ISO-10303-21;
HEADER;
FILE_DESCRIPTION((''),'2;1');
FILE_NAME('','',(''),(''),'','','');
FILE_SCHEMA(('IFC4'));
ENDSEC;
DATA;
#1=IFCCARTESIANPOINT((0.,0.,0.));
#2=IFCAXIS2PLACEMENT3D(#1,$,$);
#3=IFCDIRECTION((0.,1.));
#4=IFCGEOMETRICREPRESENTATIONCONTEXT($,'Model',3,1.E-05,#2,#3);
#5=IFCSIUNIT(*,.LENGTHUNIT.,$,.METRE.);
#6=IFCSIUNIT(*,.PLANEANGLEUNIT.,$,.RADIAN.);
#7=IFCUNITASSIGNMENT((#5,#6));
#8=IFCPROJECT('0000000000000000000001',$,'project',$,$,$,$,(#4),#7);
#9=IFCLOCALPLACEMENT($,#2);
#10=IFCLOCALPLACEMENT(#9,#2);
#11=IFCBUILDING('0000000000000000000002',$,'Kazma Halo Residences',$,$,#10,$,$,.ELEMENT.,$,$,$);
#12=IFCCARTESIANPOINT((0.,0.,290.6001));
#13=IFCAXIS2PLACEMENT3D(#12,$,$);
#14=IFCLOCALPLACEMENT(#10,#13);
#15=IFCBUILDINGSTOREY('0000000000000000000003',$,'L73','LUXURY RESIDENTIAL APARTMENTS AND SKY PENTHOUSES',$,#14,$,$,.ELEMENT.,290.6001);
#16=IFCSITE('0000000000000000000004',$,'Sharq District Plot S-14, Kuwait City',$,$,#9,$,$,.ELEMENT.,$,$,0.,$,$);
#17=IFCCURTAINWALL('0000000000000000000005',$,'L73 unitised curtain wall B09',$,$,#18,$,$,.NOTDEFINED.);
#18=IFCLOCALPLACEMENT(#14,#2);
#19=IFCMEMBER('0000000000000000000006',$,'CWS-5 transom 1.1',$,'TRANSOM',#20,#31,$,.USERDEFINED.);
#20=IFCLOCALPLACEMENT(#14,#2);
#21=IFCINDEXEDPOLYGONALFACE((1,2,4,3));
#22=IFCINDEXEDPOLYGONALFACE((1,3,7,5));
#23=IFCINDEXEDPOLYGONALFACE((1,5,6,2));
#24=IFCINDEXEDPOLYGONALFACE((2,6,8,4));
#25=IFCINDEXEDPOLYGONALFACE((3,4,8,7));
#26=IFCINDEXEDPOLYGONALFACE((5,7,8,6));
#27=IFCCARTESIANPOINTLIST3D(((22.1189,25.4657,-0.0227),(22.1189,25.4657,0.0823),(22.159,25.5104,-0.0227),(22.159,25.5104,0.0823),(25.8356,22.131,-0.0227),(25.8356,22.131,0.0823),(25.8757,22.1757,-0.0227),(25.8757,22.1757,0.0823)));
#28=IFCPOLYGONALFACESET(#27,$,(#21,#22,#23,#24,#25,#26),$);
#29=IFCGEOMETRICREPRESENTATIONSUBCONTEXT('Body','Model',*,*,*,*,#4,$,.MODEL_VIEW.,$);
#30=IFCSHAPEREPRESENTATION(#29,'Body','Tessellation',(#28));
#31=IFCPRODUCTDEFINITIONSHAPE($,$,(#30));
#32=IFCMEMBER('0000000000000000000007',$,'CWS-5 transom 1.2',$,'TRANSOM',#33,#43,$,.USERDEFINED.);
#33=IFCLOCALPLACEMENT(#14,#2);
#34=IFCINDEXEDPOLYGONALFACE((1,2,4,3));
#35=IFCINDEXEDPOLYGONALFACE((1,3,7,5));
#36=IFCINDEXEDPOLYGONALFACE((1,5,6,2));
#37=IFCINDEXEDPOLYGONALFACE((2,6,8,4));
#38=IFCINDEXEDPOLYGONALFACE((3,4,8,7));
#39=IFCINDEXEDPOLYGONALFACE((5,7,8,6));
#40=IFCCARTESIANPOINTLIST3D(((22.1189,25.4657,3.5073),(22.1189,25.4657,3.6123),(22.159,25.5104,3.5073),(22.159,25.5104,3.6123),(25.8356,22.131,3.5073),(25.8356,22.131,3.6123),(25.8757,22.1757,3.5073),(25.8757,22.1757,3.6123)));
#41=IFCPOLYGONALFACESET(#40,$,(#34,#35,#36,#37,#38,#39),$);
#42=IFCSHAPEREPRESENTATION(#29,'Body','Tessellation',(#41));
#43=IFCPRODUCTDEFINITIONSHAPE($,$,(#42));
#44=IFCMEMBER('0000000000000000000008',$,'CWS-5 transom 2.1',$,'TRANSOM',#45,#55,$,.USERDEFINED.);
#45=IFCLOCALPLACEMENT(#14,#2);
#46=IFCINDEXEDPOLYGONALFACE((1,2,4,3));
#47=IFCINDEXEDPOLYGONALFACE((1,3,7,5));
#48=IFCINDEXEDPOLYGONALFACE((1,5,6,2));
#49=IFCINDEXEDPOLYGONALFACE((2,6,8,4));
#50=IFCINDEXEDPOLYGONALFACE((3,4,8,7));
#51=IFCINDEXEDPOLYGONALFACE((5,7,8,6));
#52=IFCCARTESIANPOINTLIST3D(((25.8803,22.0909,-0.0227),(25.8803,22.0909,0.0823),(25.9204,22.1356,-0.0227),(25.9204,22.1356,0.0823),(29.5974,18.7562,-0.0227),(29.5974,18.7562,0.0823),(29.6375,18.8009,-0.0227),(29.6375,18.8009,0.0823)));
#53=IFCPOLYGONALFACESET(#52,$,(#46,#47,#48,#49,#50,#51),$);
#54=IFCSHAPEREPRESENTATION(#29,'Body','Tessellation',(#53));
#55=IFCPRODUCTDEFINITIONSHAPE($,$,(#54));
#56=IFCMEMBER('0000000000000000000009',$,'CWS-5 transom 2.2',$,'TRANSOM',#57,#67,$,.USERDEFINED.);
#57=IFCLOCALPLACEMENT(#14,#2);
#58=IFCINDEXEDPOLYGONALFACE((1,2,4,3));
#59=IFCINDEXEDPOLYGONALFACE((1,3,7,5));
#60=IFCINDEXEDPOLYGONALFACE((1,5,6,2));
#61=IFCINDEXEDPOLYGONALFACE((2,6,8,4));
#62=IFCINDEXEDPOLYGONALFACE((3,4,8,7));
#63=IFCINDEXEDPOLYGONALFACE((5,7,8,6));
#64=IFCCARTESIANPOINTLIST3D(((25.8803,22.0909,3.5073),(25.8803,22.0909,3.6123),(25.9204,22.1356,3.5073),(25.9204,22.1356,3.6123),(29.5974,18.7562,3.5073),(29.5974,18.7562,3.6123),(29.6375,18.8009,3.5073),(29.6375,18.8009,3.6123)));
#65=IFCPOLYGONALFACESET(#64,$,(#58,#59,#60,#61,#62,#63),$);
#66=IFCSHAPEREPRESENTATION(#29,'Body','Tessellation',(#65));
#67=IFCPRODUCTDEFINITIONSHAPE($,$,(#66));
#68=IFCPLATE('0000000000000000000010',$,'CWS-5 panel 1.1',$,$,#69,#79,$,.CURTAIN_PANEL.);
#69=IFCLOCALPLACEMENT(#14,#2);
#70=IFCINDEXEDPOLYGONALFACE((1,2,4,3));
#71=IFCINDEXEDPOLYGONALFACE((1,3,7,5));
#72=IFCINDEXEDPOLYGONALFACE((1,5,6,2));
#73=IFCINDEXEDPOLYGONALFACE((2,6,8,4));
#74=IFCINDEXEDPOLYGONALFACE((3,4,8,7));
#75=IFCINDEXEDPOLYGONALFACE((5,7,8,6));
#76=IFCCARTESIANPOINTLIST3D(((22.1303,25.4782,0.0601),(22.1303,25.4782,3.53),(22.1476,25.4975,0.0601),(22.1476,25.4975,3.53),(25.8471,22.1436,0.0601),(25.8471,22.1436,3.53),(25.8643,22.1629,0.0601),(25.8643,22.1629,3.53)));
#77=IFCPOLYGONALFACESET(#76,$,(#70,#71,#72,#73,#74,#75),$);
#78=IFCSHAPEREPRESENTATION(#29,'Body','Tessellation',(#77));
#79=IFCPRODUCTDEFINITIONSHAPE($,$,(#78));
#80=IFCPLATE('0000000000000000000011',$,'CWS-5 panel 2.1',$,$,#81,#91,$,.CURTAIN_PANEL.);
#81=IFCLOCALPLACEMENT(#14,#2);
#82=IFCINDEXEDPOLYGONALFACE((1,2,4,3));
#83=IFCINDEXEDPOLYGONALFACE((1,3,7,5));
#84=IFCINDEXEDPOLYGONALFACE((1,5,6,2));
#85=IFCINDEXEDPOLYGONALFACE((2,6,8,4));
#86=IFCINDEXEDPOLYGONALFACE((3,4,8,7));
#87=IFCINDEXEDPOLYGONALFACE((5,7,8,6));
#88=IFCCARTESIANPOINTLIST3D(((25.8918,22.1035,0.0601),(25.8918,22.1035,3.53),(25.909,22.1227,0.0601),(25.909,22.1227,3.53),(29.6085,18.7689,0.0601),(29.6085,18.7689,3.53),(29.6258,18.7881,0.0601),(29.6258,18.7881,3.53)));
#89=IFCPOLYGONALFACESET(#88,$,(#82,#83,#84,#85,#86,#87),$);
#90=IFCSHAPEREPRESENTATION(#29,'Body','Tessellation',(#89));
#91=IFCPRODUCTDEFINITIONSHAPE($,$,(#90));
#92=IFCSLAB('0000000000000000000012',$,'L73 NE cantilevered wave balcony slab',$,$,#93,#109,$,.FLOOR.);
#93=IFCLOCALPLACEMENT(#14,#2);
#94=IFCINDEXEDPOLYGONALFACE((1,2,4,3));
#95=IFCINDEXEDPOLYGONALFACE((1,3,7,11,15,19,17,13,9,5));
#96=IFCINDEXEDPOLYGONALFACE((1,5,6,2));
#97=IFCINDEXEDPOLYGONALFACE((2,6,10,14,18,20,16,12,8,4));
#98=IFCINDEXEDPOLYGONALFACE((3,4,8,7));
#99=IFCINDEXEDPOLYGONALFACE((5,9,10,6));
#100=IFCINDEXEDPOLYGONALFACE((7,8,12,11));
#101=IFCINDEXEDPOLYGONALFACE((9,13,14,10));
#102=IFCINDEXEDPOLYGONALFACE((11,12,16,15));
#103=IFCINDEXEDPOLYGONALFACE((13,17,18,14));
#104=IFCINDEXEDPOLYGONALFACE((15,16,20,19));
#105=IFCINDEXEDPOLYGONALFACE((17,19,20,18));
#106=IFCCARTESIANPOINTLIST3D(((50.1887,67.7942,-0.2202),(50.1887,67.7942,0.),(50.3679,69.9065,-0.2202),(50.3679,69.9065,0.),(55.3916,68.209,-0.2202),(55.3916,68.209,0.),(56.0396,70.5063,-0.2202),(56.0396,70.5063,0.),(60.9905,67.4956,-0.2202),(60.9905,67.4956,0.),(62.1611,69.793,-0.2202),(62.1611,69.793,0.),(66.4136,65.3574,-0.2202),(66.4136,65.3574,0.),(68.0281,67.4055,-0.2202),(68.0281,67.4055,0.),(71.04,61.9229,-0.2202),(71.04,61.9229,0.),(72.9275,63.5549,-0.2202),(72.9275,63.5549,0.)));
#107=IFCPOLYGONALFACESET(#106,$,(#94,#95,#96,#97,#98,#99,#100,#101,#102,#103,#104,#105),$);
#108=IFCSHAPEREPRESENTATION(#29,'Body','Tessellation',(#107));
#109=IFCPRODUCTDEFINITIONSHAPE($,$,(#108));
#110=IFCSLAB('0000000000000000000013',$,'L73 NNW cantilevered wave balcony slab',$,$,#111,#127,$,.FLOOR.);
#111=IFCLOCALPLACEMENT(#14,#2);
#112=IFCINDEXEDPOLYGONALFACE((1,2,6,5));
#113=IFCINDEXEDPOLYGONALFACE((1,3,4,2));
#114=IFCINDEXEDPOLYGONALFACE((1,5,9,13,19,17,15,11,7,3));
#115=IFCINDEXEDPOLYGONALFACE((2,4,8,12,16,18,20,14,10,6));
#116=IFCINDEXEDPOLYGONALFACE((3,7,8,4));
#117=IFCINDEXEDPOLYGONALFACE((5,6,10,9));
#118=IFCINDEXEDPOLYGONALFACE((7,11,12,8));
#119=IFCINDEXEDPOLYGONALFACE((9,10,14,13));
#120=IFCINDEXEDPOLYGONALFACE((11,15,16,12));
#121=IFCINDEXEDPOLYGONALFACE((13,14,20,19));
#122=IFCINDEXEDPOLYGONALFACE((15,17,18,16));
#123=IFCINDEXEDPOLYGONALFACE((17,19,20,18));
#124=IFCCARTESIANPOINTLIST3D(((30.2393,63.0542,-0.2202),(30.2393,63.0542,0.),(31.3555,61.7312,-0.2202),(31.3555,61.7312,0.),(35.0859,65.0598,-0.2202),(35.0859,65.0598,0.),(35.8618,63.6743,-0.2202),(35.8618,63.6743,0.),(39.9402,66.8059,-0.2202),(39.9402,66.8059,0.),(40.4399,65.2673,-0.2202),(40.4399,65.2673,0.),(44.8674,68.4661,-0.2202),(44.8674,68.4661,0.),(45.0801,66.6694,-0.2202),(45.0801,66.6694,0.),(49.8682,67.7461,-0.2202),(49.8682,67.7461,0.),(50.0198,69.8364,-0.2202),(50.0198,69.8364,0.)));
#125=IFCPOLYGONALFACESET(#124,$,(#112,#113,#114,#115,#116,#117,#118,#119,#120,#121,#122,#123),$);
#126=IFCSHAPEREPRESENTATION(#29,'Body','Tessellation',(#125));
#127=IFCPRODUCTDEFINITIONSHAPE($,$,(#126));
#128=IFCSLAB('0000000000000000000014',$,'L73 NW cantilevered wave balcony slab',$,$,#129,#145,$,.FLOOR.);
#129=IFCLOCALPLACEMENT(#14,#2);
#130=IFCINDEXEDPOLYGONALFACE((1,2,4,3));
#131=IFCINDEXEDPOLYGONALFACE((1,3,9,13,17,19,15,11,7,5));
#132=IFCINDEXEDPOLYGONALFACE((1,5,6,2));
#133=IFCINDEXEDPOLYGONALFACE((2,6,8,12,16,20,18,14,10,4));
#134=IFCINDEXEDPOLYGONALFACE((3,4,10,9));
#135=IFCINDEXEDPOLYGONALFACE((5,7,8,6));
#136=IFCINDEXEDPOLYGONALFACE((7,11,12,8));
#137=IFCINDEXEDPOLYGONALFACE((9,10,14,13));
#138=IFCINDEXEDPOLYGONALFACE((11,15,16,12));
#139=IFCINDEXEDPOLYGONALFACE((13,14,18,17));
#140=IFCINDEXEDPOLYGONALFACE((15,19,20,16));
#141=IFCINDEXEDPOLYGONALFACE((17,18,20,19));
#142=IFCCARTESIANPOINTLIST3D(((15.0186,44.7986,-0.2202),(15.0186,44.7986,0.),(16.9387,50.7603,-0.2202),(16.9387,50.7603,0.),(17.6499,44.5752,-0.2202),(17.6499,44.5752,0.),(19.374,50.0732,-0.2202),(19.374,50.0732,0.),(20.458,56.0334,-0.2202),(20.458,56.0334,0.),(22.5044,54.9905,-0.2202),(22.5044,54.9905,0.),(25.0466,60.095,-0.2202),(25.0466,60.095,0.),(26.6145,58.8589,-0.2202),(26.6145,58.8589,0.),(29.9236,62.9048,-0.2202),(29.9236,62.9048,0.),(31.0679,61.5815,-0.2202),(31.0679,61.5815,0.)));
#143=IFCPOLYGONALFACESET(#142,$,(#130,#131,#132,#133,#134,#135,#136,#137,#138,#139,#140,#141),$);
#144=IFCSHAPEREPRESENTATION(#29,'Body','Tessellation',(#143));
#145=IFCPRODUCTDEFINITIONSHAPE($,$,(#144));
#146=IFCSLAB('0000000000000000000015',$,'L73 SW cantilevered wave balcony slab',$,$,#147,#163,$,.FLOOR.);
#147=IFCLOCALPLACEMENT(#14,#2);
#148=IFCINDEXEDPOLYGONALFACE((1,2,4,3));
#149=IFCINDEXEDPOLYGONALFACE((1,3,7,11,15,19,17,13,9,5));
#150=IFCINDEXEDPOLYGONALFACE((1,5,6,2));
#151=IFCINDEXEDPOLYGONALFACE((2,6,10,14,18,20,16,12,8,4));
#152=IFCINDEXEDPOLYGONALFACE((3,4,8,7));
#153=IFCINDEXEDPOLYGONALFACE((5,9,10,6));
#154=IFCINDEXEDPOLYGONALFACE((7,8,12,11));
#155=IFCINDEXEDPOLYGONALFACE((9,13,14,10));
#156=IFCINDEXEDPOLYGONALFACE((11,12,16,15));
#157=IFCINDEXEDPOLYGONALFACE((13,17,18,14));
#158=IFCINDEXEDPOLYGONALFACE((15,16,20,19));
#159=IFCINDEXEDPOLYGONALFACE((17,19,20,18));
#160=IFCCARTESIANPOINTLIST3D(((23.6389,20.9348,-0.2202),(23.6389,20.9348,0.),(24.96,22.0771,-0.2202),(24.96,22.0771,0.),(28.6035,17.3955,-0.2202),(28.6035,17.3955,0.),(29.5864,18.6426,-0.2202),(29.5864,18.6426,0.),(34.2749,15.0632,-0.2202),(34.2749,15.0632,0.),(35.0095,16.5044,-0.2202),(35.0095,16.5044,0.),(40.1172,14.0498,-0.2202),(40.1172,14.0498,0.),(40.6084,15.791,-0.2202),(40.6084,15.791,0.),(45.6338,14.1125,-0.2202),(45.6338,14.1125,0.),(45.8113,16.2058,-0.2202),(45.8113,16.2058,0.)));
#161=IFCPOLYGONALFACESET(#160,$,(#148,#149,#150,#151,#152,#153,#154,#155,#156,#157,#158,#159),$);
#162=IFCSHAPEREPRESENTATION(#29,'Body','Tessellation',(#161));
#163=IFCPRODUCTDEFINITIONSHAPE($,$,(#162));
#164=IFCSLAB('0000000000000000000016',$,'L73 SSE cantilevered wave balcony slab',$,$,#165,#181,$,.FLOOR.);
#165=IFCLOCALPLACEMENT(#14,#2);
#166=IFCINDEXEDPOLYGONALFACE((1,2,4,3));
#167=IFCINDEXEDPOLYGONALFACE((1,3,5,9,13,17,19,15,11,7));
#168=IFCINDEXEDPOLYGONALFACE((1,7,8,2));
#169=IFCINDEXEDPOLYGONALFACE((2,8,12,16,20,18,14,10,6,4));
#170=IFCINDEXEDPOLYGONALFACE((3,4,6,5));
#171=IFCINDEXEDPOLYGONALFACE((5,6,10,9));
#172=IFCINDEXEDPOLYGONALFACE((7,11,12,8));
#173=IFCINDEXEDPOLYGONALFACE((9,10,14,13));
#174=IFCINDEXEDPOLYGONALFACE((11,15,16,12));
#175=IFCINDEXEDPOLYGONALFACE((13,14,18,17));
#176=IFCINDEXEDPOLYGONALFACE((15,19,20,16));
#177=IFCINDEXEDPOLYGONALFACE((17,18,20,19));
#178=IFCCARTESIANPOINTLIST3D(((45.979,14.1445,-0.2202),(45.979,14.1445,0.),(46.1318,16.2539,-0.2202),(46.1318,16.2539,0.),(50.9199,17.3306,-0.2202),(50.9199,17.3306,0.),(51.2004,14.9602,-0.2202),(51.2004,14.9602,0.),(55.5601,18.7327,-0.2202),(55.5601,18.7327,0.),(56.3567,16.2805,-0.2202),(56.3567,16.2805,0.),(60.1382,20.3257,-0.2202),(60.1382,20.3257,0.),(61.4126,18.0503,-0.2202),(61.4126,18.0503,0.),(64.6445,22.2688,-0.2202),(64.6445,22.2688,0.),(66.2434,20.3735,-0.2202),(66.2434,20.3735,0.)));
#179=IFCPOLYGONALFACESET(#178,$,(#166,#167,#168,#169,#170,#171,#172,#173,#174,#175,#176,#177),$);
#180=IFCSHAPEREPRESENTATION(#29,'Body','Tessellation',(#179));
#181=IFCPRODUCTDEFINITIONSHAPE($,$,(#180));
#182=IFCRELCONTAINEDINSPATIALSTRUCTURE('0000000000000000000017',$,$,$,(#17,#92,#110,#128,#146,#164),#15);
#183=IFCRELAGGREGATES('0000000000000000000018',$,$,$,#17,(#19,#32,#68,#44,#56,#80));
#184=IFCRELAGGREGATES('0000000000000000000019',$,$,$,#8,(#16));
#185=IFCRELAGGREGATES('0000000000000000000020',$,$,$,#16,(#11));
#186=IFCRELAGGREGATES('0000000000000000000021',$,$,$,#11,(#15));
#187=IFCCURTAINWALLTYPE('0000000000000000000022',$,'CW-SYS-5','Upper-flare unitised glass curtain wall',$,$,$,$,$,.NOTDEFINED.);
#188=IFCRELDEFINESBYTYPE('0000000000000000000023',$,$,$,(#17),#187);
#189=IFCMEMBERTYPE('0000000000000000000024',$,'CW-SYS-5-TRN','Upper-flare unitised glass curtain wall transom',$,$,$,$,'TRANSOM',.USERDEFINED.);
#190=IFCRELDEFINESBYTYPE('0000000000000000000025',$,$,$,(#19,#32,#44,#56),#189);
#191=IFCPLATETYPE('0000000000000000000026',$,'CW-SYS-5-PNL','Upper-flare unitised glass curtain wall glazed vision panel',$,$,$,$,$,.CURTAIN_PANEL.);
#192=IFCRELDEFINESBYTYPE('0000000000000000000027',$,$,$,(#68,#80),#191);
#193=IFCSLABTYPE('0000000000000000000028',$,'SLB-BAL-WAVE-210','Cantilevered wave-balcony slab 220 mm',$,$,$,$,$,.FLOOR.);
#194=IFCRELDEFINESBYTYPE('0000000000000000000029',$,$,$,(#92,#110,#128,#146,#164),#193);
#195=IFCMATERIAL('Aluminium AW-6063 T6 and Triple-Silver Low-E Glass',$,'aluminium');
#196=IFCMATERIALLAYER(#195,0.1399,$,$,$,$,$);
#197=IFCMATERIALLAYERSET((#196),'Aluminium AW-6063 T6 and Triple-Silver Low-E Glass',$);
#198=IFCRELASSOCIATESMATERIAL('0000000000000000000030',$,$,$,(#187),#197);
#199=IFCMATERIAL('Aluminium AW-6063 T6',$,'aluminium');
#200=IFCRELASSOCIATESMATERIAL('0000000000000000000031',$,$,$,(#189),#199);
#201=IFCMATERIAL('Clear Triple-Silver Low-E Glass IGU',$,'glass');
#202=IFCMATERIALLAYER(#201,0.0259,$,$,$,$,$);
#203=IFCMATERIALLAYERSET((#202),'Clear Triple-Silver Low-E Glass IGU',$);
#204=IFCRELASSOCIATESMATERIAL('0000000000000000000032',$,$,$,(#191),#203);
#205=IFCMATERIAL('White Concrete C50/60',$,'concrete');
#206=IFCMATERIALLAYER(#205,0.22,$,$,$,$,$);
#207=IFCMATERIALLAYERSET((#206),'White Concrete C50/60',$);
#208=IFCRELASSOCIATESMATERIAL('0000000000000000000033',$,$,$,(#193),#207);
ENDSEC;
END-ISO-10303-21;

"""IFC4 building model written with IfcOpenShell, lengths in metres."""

from ifc_helpers import new_model, si_unit, direction, frame, origin, origin_2d, place, context, subcontext, project, spatial, polyline, rectangle, outline, extrude, material, layer, layer_set, material_profile, profile_set, type_object, element, aggregate, save


model = new_model("IFC4")

# Units and contexts
model_context = context("Model", 3, precision=1e-05, world=origin(), true_north=direction((0.0, 1.0)))
body_context = subcontext(model_context, "Body", "Model", "MODEL_VIEW")
ifc_project = project(units=[si_unit("LENGTHUNIT", "METRE"), si_unit("PLANEANGLEUNIT", "RADIAN")], contexts=[model_context])

# Site, building, storey
site_placement = place(None, origin())
site = spatial("IfcSite", under=ifc_project, at=site_placement, Name="Sharq District Plot S-14, Kuwait City", CompositionType="ELEMENT", RefElevation=0.0)
building_placement = place(site_placement, origin())
building = spatial("IfcBuilding", under=site, at=building_placement, Name="Kazma Halo Residences", CompositionType="ELEMENT")
storey_placement = place(building_placement, frame((0.0, 0.0, 290.6001)))
storey = spatial("IfcBuildingStorey", under=building, at=storey_placement, Name="L73", Description="LUXURY RESIDENTIAL APARTMENTS AND SKY PENTHOUSES", CompositionType="ELEMENT", Elevation=290.6001)

# Curtain wall, members, plates
ifc_material_1 = material(Name="Aluminium AW-6063 T6 and Triple-Silver Low-E Glass", Category="aluminium")
ifc_layer_1 = layer(ifc_material_1, 0.1399)
ifc_layer_set_1 = layer_set([ifc_layer_1], Name="Aluminium AW-6063 T6 and Triple-Silver Low-E Glass")
curtain_wall_type = type_object("IfcCurtainWallType", Name="CW-SYS-5", Description="Upper-flare unitised glass curtain wall", PredefinedType="NOTDEFINED", material=ifc_layer_set_1)
curtain_wall_placement = place(storey_placement, origin())
curtain_wall = element("IfcCurtainWall", 1, at=curtain_wall_placement, inside=storey, type_object=curtain_wall_type, Name="L73 unitised curtain wall B09", PredefinedType="NOTDEFINED")
ifc_material_2 = material(Name="Aluminium AW-6063 T6", Category="aluminium")
ifc_material_profile_1 = material_profile(ifc_material_2, rectangle(XDim=0.0601, YDim=0.105, at=origin_2d()), Name="CWT-60x105")
ifc_profile_set_1 = profile_set([ifc_material_profile_1], Name="Aluminium AW-6063 T6")
member_type_1 = type_object("IfcMemberType", Name="CW-SYS-5-TRN", Description="Upper-flare unitised glass curtain wall transom", ElementType="TRANSOM", PredefinedType="USERDEFINED", material=ifc_profile_set_1)
member_1_placement = place(storey_placement, frame((22.1389, 25.488, 0.0298), z_axis=(0.744329, -0.667813, 0.0), x_axis=(0.667813, 0.744329, 0.0)))
member_1 = element("IfcMember", 2, at=member_1_placement, type_object=member_type_1, Name="CWS-5 transom 1.1", ObjectType="TRANSOM", PredefinedType="USERDEFINED", context=body_context, shape_type="SweptSolid", body=[
    extrude(rectangle(XDim=0.0601, YDim=0.105, at=origin_2d()), origin(), (0.0, 0.0, 1.0), 4.9934),
])
member_2_placement = place(storey_placement, frame((22.1389, 25.488, 3.5598), z_axis=(0.744329, -0.667813, 0.0), x_axis=(0.667813, 0.744329, 0.0)))
member_2 = element("IfcMember", 3, at=member_2_placement, type_object=member_type_1, Name="CWS-5 transom 1.2", ObjectType="TRANSOM", PredefinedType="USERDEFINED", context=body_context, shape_type="SweptSolid", body=[
    extrude(rectangle(XDim=0.0601, YDim=0.105, at=origin_2d()), origin(), (0.0, 0.0, 1.0), 4.9934),
])
member_3_placement = place(storey_placement, frame((25.9004, 22.1133, 0.0298), z_axis=(0.744351, -0.667789, 0.0), x_axis=(0.667789, 0.744351, 0.0)))
member_3 = element("IfcMember", 4, at=member_3_placement, type_object=member_type_1, Name="CWS-5 transom 2.1", ObjectType="TRANSOM", PredefinedType="USERDEFINED", context=body_context, shape_type="SweptSolid", body=[
    extrude(rectangle(XDim=0.0601, YDim=0.105, at=origin_2d()), origin(), (0.0, 0.0, 1.0), 4.9937),
])
member_4_placement = place(storey_placement, frame((25.9004, 22.1133, 3.5598), z_axis=(0.744351, -0.667789, 0.0), x_axis=(0.667789, 0.744351, 0.0)))
member_4 = element("IfcMember", 5, at=member_4_placement, type_object=member_type_1, Name="CWS-5 transom 2.2", ObjectType="TRANSOM", PredefinedType="USERDEFINED", context=body_context, shape_type="SweptSolid", body=[
    extrude(rectangle(XDim=0.0601, YDim=0.105, at=origin_2d()), origin(), (0.0, 0.0, 1.0), 4.9937),
])
ifc_material_3 = material(Name="Clear Triple-Silver Low-E Glass IGU", Category="glass")
ifc_layer_2 = layer(ifc_material_3, 0.0259)
ifc_layer_set_2 = layer_set([ifc_layer_2], Name="Clear Triple-Silver Low-E Glass IGU")
plate_type = type_object("IfcPlateType", Name="CW-SYS-5-PNL", Description="Upper-flare unitised glass curtain wall glazed vision panel", PredefinedType="CURTAIN_PANEL", material=ifc_layer_set_2)
plate_1_placement = place(storey_placement, frame((23.9973, 23.8206, 0.0601), z_axis=(0.0, 0.0, 1.0), x_axis=(0.744336, -0.667805, 0.0)))
plate_1 = element("IfcPlate", 6, at=plate_1_placement, type_object=plate_type, Name="CWS-5 panel 1.1", PredefinedType="CURTAIN_PANEL", context=body_context, shape_type="SweptSolid", body=[
    extrude(rectangle(XDim=4.9934, YDim=0.0259, at=origin_2d()), origin(), (0.0, 0.0, 1.0), 3.47),
])
plate_2_placement = place(storey_placement, frame((27.7588, 20.4458, 0.0601), z_axis=(0.0, 0.0, 1.0), x_axis=(0.744336, -0.667805, 0.0)))
plate_2 = element("IfcPlate", 7, at=plate_2_placement, type_object=plate_type, Name="CWS-5 panel 2.1", PredefinedType="CURTAIN_PANEL", context=body_context, shape_type="SweptSolid", body=[
    extrude(rectangle(XDim=4.9934, YDim=0.0259, at=origin_2d()), origin(), (0.0, 0.0, 1.0), 3.47),
])
aggregate(curtain_wall, [member_1, member_2, plate_1, member_3, member_4, plate_2])

# Slabs
ifc_material_4 = material(Name="White Concrete C50/60", Category="concrete")
ifc_layer_3 = layer(ifc_material_4, 0.22)
ifc_layer_set_3 = layer_set([ifc_layer_3], Name="White Concrete C50/60")
slab_type_1 = type_object("IfcSlabType", Name="SLB-BAL-WAVE-210", Description="Cantilevered wave-balcony slab 220 mm", PredefinedType="FLOOR", material=ifc_layer_set_3)
slab_1_placement = place(storey_placement, frame((0.0, 0.0, -0.2202)))
element("IfcSlab", 8, at=slab_1_placement, inside=storey, type_object=slab_type_1, Name="L73 NE cantilevered wave balcony slab", PredefinedType="FLOOR", context=body_context, shape_type="SweptSolid", body=[
    extrude(outline(polyline([(71.04, 61.9229), (66.4136, 65.3574), (60.9905, 67.4956), (55.3916, 68.209), (50.1887, 67.7942), (50.3679, 69.9065), (56.0396, 70.5063), (62.1611, 69.793), (68.0281, 67.4055), (72.9275, 63.5549), (71.04, 61.9229)])), origin(), (0.0, 0.0, 1.0), 0.2202),
])
slab_2_placement = place(storey_placement, frame((0.0, 0.0, -0.2202)))
element("IfcSlab", 9, at=slab_2_placement, inside=storey, type_object=slab_type_1, Name="L73 NNW cantilevered wave balcony slab", PredefinedType="FLOOR", context=body_context, shape_type="SweptSolid", body=[
    extrude(outline(polyline([(49.8682, 67.7461), (45.0801, 66.6694), (40.4399, 65.2673), (35.8618, 63.6743), (31.3555, 61.7312), (30.2393, 63.0542), (35.0859, 65.0598), (39.9402, 66.8059), (44.8674, 68.4661), (50.0198, 69.8364), (49.8682, 67.7461)])), origin(), (0.0, 0.0, 1.0), 0.2202),
])
slab_3_placement = place(storey_placement, frame((0.0, 0.0, -0.2202)))
element("IfcSlab", 10, at=slab_3_placement, inside=storey, type_object=slab_type_1, Name="L73 NW cantilevered wave balcony slab", PredefinedType="FLOOR", context=body_context, shape_type="SweptSolid", body=[
    extrude(outline(polyline([(31.0679, 61.5815), (26.6145, 58.8589), (22.5044, 54.9905), (19.374, 50.0732), (17.6499, 44.5752), (15.0186, 44.7986), (16.9387, 50.7603), (20.458, 56.0334), (25.0466, 60.095), (29.9236, 62.9048), (31.0679, 61.5815)])), origin(), (0.0, 0.0, 1.0), 0.2202),
])
slab_4_placement = place(storey_placement, frame((0.0, 0.0, -0.2202)))
element("IfcSlab", 11, at=slab_4_placement, inside=storey, type_object=slab_type_1, Name="L73 SW cantilevered wave balcony slab", PredefinedType="FLOOR", context=body_context, shape_type="SweptSolid", body=[
    extrude(outline(polyline([(24.96, 22.0771), (29.5864, 18.6426), (35.0095, 16.5044), (40.6084, 15.791), (45.8113, 16.2058), (45.6338, 14.1125), (40.1172, 14.0498), (34.2749, 15.0632), (28.6035, 17.3955), (23.6389, 20.9348), (24.96, 22.0771)])), origin(), (0.0, 0.0, 1.0), 0.2202),
])
slab_5_placement = place(storey_placement, frame((0.0, 0.0, -0.2202)))
element("IfcSlab", 12, at=slab_5_placement, inside=storey, type_object=slab_type_1, Name="L73 SSE cantilevered wave balcony slab", PredefinedType="FLOOR", context=body_context, shape_type="SweptSolid", body=[
    extrude(outline(polyline([(46.1318, 16.2539), (50.9199, 17.3306), (55.5601, 18.7327), (60.1382, 20.3257), (64.6445, 22.2688), (66.2434, 20.3735), (61.4126, 18.0503), (56.3567, 16.2805), (51.2004, 14.9602), (45.979, 14.1445), (46.1318, 16.2539)])), origin(), (0.0, 0.0, 1.0), 0.2202),
])

save(model, "model.ifc")
